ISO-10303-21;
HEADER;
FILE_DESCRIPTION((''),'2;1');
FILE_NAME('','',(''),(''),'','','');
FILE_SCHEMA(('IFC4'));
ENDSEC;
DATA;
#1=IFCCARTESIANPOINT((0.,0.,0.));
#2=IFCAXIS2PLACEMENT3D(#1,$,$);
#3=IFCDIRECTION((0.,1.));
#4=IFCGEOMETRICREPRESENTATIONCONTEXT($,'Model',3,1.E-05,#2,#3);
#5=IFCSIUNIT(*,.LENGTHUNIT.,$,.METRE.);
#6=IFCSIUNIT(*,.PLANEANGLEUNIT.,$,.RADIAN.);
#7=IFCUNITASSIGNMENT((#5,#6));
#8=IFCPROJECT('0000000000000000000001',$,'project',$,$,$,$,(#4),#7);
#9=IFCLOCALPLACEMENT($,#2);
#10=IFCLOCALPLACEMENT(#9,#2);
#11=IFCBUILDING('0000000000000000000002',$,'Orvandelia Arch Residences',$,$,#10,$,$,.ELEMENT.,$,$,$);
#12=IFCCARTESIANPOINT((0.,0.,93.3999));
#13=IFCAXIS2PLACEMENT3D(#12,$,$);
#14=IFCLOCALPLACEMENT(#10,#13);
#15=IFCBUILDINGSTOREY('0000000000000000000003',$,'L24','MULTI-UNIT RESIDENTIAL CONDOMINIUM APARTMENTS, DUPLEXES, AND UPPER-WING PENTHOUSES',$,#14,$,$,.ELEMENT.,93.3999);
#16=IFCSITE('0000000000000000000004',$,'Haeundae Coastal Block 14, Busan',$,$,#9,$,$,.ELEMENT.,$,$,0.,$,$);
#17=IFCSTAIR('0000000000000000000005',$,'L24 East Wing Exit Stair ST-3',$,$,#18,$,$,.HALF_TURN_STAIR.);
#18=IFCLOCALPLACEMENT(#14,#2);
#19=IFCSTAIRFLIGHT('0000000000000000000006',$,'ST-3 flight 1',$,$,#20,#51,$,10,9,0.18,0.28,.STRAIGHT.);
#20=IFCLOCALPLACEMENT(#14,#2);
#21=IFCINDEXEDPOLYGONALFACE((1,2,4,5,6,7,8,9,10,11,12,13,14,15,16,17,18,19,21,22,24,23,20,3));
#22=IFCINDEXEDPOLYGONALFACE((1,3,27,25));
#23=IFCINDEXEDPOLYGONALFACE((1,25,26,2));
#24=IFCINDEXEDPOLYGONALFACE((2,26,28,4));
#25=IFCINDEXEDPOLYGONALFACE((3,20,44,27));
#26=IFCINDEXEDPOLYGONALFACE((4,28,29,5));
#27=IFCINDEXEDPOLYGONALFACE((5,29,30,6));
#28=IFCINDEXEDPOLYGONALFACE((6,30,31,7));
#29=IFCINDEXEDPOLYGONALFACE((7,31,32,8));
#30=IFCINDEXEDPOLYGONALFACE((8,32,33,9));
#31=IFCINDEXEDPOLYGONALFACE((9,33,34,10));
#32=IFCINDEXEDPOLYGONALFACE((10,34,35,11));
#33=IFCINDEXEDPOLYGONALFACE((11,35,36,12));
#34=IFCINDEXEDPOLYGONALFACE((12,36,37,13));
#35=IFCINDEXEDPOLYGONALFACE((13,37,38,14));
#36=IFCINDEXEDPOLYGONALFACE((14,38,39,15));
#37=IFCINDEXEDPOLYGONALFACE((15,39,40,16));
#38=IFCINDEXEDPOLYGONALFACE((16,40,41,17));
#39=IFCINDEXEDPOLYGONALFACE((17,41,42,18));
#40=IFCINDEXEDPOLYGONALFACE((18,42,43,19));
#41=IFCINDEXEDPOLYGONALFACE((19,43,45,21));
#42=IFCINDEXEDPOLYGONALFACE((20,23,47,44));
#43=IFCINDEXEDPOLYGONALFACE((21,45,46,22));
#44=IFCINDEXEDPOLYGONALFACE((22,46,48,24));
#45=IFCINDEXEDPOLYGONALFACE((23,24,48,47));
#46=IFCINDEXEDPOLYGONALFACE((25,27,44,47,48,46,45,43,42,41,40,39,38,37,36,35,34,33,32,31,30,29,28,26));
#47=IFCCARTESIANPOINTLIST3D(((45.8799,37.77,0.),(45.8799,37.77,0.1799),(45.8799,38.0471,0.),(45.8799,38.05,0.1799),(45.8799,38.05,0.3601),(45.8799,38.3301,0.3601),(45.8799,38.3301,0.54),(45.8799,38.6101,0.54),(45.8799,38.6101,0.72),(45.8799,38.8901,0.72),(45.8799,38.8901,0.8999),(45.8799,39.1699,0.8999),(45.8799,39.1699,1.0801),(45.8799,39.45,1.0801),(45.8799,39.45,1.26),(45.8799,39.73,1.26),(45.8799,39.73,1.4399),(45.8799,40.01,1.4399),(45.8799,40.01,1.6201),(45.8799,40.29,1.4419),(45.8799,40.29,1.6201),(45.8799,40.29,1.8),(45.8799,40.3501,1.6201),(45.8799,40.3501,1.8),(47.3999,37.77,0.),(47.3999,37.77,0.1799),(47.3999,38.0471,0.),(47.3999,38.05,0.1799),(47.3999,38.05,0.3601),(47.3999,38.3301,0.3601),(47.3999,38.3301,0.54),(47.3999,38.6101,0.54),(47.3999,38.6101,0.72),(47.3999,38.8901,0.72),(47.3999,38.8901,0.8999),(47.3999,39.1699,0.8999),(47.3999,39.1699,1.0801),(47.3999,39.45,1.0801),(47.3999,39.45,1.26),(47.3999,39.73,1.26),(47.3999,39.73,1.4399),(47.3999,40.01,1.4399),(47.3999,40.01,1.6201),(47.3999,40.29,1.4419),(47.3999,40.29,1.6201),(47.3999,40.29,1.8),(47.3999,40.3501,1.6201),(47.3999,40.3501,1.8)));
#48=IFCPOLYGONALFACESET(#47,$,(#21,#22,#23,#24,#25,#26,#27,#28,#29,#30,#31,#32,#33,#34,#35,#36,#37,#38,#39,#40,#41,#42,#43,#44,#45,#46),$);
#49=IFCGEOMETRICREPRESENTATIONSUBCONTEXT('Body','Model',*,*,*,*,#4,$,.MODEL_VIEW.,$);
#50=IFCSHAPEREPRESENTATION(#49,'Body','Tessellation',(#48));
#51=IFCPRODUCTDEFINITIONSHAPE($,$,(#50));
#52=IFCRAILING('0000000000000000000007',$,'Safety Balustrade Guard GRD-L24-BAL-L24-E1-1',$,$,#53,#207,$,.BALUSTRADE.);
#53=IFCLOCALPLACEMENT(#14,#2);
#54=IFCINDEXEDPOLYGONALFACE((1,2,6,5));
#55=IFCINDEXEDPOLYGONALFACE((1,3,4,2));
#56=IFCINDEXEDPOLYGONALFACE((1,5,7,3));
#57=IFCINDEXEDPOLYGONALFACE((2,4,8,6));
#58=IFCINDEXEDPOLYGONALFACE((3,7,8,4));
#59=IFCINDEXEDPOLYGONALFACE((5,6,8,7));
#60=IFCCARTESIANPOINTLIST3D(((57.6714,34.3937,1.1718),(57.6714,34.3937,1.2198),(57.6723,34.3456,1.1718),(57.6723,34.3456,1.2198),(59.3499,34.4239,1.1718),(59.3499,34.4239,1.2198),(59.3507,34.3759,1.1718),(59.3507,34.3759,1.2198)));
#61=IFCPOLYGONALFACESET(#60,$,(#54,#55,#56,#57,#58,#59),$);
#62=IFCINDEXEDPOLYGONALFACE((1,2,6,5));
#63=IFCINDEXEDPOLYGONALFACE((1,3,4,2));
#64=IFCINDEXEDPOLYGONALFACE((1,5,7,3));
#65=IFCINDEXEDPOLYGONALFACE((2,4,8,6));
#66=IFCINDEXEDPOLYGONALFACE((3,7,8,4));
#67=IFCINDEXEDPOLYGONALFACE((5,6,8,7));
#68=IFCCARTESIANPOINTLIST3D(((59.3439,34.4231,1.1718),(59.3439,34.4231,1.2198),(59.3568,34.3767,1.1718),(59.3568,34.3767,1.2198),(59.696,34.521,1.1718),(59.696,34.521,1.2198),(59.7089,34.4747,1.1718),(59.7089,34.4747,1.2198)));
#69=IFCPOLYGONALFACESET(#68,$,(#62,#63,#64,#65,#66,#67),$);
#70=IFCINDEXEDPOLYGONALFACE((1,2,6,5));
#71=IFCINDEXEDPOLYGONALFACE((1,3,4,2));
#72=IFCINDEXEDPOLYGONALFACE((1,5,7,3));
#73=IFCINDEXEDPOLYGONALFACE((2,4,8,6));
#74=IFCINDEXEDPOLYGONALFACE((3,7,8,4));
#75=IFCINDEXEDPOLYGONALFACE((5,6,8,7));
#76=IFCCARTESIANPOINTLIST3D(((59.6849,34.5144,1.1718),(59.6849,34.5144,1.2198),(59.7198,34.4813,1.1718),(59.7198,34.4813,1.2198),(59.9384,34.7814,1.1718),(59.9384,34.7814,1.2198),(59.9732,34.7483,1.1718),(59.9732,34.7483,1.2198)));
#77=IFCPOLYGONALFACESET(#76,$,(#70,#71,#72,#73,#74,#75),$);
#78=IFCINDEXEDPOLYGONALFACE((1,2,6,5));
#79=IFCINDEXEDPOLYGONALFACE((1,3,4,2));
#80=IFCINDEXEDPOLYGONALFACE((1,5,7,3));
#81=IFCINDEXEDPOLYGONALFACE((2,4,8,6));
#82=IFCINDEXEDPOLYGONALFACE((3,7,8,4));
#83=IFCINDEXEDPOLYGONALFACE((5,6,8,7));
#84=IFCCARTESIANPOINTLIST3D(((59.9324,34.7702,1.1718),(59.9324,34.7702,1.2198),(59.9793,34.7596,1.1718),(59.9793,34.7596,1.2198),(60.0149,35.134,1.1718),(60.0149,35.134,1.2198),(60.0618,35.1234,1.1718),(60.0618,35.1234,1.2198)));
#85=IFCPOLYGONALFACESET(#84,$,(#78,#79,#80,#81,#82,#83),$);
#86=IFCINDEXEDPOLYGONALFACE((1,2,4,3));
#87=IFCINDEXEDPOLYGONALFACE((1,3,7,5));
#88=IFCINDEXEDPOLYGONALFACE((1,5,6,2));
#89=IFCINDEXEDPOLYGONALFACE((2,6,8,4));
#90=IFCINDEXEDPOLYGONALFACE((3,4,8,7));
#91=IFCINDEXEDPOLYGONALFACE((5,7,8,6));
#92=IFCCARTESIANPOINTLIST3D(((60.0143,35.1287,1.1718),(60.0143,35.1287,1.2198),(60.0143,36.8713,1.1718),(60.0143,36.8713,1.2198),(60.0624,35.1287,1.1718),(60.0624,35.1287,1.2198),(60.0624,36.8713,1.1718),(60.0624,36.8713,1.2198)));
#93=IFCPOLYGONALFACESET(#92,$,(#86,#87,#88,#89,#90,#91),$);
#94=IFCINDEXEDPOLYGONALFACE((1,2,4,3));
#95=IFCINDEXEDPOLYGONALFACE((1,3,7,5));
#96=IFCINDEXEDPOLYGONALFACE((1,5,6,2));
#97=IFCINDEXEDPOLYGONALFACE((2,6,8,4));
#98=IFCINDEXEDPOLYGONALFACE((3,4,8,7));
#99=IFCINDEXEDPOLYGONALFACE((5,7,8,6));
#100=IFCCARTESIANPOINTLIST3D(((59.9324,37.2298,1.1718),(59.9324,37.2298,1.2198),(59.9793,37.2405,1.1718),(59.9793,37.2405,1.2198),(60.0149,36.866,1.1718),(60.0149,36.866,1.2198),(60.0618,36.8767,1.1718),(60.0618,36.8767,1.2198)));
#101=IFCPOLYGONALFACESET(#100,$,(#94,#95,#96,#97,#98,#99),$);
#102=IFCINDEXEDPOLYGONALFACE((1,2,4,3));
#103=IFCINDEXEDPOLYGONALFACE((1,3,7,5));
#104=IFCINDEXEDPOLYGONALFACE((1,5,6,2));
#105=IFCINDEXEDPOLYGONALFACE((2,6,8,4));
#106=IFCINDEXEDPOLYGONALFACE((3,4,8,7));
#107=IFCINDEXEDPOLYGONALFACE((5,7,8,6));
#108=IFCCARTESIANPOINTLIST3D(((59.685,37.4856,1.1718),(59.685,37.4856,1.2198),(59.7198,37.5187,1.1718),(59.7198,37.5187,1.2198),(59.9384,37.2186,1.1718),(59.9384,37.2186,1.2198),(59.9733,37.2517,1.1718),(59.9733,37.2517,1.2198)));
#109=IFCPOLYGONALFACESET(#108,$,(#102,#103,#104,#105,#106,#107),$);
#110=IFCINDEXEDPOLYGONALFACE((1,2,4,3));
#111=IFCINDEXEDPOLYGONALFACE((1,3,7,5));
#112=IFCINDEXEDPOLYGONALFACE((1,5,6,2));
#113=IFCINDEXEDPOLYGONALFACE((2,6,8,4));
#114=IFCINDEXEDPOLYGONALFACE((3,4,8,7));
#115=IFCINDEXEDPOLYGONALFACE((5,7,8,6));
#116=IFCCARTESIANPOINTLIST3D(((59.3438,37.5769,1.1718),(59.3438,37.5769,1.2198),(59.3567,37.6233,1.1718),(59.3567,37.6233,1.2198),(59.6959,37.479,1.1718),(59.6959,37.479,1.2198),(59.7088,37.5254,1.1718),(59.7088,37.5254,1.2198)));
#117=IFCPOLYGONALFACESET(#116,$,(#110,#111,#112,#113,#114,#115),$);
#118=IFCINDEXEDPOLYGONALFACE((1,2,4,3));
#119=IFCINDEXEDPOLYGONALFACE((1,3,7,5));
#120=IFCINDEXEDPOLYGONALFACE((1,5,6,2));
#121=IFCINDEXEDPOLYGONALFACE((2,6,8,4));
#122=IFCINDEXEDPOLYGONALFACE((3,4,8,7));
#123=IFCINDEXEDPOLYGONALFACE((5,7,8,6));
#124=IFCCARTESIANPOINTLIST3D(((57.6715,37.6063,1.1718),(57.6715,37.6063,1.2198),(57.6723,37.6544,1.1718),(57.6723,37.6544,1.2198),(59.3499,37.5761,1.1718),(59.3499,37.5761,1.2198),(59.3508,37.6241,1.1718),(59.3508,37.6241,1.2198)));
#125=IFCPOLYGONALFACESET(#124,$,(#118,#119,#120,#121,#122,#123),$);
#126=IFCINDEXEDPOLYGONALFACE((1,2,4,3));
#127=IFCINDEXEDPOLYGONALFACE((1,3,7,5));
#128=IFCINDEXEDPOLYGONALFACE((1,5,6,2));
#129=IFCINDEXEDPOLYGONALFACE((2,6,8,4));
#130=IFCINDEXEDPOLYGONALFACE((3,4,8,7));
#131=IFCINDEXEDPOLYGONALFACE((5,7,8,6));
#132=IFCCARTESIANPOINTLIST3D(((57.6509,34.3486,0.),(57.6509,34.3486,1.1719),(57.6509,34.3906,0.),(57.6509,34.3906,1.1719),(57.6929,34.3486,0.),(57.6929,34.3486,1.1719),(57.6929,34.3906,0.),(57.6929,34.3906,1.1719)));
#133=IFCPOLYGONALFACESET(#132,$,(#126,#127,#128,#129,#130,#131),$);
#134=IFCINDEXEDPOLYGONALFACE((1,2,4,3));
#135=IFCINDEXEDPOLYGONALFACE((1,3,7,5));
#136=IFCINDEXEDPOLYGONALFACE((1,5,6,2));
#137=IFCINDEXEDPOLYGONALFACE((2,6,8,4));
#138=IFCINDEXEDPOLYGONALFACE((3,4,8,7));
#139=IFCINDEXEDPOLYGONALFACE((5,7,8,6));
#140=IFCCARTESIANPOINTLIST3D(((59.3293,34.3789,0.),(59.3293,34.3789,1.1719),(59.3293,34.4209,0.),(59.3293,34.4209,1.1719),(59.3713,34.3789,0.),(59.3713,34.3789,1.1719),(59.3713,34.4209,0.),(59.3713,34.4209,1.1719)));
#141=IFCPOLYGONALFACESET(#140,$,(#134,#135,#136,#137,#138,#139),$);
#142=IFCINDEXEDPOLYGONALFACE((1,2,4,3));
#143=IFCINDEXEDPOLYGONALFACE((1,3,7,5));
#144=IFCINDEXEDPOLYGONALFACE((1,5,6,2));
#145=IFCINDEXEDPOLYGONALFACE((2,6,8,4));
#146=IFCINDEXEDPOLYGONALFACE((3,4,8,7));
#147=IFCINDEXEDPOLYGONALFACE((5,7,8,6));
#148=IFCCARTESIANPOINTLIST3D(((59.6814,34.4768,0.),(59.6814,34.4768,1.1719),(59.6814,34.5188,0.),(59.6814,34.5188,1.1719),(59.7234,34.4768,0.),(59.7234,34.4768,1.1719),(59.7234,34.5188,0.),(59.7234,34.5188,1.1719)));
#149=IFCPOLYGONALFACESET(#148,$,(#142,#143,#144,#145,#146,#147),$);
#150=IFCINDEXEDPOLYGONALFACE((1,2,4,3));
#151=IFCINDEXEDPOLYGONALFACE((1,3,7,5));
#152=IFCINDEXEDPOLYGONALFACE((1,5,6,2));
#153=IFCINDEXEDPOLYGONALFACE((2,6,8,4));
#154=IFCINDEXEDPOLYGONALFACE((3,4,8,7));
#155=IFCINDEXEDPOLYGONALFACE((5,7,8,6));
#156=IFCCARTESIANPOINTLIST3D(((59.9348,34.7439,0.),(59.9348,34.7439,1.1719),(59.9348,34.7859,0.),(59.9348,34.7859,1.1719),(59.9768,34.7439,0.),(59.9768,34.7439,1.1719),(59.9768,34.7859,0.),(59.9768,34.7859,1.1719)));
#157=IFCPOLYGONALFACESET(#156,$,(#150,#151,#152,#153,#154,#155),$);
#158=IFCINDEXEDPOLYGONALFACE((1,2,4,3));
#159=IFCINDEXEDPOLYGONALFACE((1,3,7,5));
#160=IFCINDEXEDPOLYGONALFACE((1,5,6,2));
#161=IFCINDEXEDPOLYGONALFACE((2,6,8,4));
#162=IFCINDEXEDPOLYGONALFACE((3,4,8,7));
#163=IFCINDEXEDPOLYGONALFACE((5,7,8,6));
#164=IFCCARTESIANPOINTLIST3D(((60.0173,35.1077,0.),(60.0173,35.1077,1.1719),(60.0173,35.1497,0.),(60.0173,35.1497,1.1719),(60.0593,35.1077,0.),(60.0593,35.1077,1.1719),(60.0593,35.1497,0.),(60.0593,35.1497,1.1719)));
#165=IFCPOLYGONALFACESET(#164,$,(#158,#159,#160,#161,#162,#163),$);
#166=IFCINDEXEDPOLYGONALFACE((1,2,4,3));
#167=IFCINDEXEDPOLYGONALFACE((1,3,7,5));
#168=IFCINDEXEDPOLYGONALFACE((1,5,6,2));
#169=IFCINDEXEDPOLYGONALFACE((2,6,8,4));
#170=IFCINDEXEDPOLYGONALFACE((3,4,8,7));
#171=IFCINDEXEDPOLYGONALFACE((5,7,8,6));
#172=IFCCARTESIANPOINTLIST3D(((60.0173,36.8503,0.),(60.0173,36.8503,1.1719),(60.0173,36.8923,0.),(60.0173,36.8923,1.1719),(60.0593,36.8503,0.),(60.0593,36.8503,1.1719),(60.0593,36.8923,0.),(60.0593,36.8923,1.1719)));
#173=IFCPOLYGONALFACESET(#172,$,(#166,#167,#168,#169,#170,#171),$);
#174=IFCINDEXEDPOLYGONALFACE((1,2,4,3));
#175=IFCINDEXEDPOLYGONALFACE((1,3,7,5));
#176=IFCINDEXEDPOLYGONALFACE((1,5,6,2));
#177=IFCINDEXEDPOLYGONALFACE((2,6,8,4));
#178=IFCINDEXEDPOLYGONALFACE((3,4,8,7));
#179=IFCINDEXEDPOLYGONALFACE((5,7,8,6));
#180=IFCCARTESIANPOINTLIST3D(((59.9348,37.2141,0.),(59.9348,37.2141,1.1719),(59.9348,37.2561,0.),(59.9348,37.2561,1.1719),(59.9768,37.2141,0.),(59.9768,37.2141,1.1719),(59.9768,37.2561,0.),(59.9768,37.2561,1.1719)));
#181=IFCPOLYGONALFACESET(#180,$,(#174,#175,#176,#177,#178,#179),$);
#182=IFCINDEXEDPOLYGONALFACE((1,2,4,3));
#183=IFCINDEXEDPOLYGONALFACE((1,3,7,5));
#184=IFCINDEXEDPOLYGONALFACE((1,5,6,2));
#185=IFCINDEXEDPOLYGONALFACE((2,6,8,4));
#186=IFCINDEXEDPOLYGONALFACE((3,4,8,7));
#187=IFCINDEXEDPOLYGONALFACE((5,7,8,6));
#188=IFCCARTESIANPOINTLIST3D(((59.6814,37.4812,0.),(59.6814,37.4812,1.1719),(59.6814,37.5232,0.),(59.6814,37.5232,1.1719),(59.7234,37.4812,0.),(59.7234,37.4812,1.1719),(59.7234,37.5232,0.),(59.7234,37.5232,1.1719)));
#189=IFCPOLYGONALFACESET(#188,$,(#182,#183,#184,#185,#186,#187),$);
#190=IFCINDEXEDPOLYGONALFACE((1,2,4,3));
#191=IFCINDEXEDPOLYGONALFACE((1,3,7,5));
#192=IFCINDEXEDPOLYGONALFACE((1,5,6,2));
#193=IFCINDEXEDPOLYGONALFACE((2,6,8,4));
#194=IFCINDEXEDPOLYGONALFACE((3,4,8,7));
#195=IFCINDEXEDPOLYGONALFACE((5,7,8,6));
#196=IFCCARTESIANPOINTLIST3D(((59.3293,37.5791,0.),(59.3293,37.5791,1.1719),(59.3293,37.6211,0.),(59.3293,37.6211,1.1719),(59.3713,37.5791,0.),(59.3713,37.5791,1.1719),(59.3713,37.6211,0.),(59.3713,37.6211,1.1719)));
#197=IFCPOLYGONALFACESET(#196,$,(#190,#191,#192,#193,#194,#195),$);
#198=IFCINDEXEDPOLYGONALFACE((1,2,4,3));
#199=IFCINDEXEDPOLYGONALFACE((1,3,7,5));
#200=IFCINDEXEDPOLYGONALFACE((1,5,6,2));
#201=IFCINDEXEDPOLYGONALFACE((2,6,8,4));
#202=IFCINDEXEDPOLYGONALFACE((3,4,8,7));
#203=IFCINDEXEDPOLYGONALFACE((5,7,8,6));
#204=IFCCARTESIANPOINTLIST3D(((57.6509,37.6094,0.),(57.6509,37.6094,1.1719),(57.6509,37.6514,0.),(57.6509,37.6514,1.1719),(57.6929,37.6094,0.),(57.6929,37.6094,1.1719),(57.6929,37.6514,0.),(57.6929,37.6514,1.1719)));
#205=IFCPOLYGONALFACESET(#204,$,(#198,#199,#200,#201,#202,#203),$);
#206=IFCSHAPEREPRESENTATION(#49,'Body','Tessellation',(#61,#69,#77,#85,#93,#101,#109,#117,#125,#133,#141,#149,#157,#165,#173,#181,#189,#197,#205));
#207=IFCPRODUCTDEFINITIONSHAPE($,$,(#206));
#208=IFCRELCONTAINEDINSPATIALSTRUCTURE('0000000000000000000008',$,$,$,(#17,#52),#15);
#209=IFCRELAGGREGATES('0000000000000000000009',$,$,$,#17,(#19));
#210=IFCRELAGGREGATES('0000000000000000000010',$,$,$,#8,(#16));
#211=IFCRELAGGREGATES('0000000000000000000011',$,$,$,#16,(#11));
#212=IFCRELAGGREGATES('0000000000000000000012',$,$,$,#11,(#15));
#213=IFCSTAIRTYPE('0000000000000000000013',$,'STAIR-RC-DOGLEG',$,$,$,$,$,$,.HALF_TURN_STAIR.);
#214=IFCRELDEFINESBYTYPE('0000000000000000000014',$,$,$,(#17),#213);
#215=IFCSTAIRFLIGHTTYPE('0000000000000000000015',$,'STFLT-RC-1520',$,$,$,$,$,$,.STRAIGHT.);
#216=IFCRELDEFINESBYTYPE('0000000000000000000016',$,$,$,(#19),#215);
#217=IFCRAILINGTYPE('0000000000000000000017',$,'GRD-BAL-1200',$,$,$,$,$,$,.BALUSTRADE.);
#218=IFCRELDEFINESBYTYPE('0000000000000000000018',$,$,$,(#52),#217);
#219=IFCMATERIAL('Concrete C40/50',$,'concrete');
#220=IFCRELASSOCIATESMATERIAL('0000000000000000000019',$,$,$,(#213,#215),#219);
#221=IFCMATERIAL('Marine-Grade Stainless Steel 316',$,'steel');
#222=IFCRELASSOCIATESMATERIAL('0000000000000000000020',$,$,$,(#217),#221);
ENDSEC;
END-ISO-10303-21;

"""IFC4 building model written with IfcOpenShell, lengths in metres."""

from ifc_helpers import new_model, si_unit, direction, frame, origin, origin_2d, place, context, subcontext, project, spatial, polyline, rectangle, outline, extrude, material, type_object, element, aggregate, save


model = new_model("IFC4")

# Units and contexts
model_context = context("Model", 3, precision=1e-05, world=origin(), true_north=direction((0.0, 1.0)))
body_context = subcontext(model_context, "Body", "Model", "MODEL_VIEW")
ifc_project = project(units=[si_unit("LENGTHUNIT", "METRE"), si_unit("PLANEANGLEUNIT", "RADIAN")], contexts=[model_context])

# Site, building, storey
site_placement = place(None, origin())
site = spatial("IfcSite", under=ifc_project, at=site_placement, Name="Haeundae Coastal Block 14, Busan", CompositionType="ELEMENT", RefElevation=0.0)
building_placement = place(site_placement, origin())
building = spatial("IfcBuilding", under=site, at=building_placement, Name="Orvandelia Arch Residences", CompositionType="ELEMENT")
storey_placement = place(building_placement, frame((0.0, 0.0, 93.3999)))
storey = spatial("IfcBuildingStorey", under=building, at=storey_placement, Name="L24", Description="MULTI-UNIT RESIDENTIAL CONDOMINIUM APARTMENTS, DUPLEXES, AND UPPER-WING PENTHOUSES", CompositionType="ELEMENT", Elevation=93.3999)

# Stair, stair flight
ifc_material_1 = material(Name="Concrete C40/50", Category="concrete")
stair_type = type_object("IfcStairType", Name="STAIR-RC-DOGLEG", PredefinedType="HALF_TURN_STAIR", material=ifc_material_1)
stair_placement = place(storey_placement, origin())
stair = element("IfcStair", 1, at=stair_placement, inside=storey, type_object=stair_type, Name="L24 East Wing Exit Stair ST-3", PredefinedType="HALF_TURN_STAIR")
stair_flight_type = type_object("IfcStairFlightType", Name="STFLT-RC-1520", PredefinedType="STRAIGHT", material=ifc_material_1)
stair_flight_placement = place(storey_placement, frame((46.6399, 37.77, 0.0), z_axis=(0.0, 0.0, 1.0), x_axis=(0.0, 1.0, 0.0)))
stair_flight = element("IfcStairFlight", 2, at=stair_flight_placement, type_object=stair_flight_type, Name="ST-3 flight 1", NumberOfRisers=10, NumberOfTreads=9, PredefinedType="STRAIGHT", RiserHeight=0.18, TreadLength=0.28, context=body_context, shape_type="SweptSolid", body=[
    extrude(outline(polyline([(0.0, 0.0), (0.0, 0.1799), (0.28, 0.1799), (0.28, 0.3601), (0.5601, 0.3601), (0.5601, 0.54), (0.8401, 0.54), (0.8401, 0.72), (1.1201, 0.72), (1.1201, 0.8999), (1.3999, 0.8999), (1.3999, 1.0801), (1.6799, 1.0801), (1.6799, 1.26), (1.96, 1.26), (1.96, 1.4399), (2.24, 1.4399), (2.24, 1.6201), (2.52, 1.6201), (2.52, 1.8), (2.5801, 1.8), (2.5801, 1.6201), (2.52, 1.4419), (0.2771, 0.0), (0.0, 0.0)])), frame((0.0, 0.76, 0.0), z_axis=(0.0, -1.0, 0.0), x_axis=(1.0, 0.0, 0.0)), (0.0, 0.0, 1.0), 1.52),
])
aggregate(stair, [stair_flight])

# Railing
ifc_material_2 = material(Name="Marine-Grade Stainless Steel 316", Category="steel")
railing_type_1 = type_object("IfcRailingType", Name="GRD-BAL-1200", PredefinedType="BALUSTRADE", material=ifc_material_2)
railing_1_placement = place(storey_placement, frame((57.6719, 34.3696, 0.0)))
element("IfcRailing", 3, at=railing_1_placement, inside=storey, type_object=railing_type_1, Name="Safety Balustrade Guard GRD-L24-BAL-L24-E1-1", PredefinedType="BALUSTRADE", context=body_context, shape_type="SweptSolid", body=[
    extrude(rectangle(XDim=0.0481, YDim=0.0481, at=origin_2d()), frame((0.0, 0.0, 1.1958), z_axis=(0.999837, 0.018033, 0.0), x_axis=(-0.018033, 0.999837, 0.0)), (0.0, 0.0, 1.0), 1.6787),
    extrude(rectangle(XDim=0.0481, YDim=0.0481, at=origin_2d()), frame((1.6785, 0.0303, 1.1958), z_axis=(0.963441, 0.26792, 0.0), x_axis=(-0.26792, 0.963441, 0.0)), (0.0, 0.0, 1.0), 0.3655),
    extrude(rectangle(XDim=0.0481, YDim=0.0481, at=origin_2d()), frame((2.0305, 0.1282, 1.1958), z_axis=(0.688296, 0.72543, 0.0), x_axis=(-0.72543, 0.688296, 0.0)), (0.0, 0.0, 1.0), 0.3682),
    extrude(rectangle(XDim=0.0481, YDim=0.0481, at=origin_2d()), frame((2.2839, 0.3953, 1.1958), z_axis=(0.221225, 0.975223, 0.0), x_axis=(-0.975223, 0.221225, 0.0)), (0.0, 0.0, 1.0), 0.373),
    extrude(rectangle(XDim=0.0481, YDim=0.0481, at=origin_2d()), frame((2.3665, 0.759, 1.1958), z_axis=(0.0, 1.0, 0.0), x_axis=(-1.0, 0.0, 0.0)), (0.0, 0.0, 1.0), 1.7427),
    extrude(rectangle(XDim=0.0481, YDim=0.0481, at=origin_2d()), frame((2.3665, 2.5017, 1.1958), z_axis=(-0.221225, 0.975223, 0.0), x_axis=(-0.975223, -0.221225, 0.0)), (0.0, 0.0, 1.0), 0.373),
    extrude(rectangle(XDim=0.0481, YDim=0.0481, at=origin_2d()), frame((2.2839, 2.8655, 1.1958), z_axis=(-0.688296, 0.72543, 0.0), x_axis=(-0.72543, -0.688296, 0.0)), (0.0, 0.0, 1.0), 0.3682),
    extrude(rectangle(XDim=0.0481, YDim=0.0481, at=origin_2d()), frame((2.0305, 3.1326, 1.1958), z_axis=(-0.963441, 0.26792, 0.0), x_axis=(-0.26792, -0.963441, 0.0)), (0.0, 0.0, 1.0), 0.3655),
    extrude(rectangle(XDim=0.0481, YDim=0.0481, at=origin_2d()), frame((1.6785, 3.2305, 1.1958), z_axis=(-0.999837, 0.018033, 0.0), x_axis=(-0.018033, -0.999837, 0.0)), (0.0, 0.0, 1.0), 1.6787),
    extrude(rectangle(XDim=0.042, YDim=0.042, at=origin_2d()), origin(), (0.0, 0.0, 1.0), 1.1719),
    extrude(rectangle(XDim=0.042, YDim=0.042, at=origin_2d()), frame((1.6785, 0.0303, 0.0)), (0.0, 0.0, 1.0), 1.1719),
    extrude(rectangle(XDim=0.042, YDim=0.042, at=origin_2d()), frame((2.0305, 0.1282, 0.0)), (0.0, 0.0, 1.0), 1.1719),
    extrude(rectangle(XDim=0.042, YDim=0.042, at=origin_2d()), frame((2.2839, 0.3953, 0.0)), (0.0, 0.0, 1.0), 1.1719),
    extrude(rectangle(XDim=0.042, YDim=0.042, at=origin_2d()), frame((2.3665, 0.759, 0.0)), (0.0, 0.0, 1.0), 1.1719),
    extrude(rectangle(XDim=0.042, YDim=0.042, at=origin_2d()), frame((2.3665, 2.5017, 0.0)), (0.0, 0.0, 1.0), 1.1719),
    extrude(rectangle(XDim=0.042, YDim=0.042, at=origin_2d()), frame((2.2839, 2.8655, 0.0)), (0.0, 0.0, 1.0), 1.1719),
    extrude(rectangle(XDim=0.042, YDim=0.042, at=origin_2d()), frame((2.0305, 3.1326, 0.0)), (0.0, 0.0, 1.0), 1.1719),
    extrude(rectangle(XDim=0.042, YDim=0.042, at=origin_2d()), frame((1.6785, 3.2305, 0.0)), (0.0, 0.0, 1.0), 1.1719),
    extrude(rectangle(XDim=0.042, YDim=0.042, at=origin_2d()), frame((0.0, 3.2607, 0.0)), (0.0, 0.0, 1.0), 1.1719),
])

save(model, "model.ifc")
